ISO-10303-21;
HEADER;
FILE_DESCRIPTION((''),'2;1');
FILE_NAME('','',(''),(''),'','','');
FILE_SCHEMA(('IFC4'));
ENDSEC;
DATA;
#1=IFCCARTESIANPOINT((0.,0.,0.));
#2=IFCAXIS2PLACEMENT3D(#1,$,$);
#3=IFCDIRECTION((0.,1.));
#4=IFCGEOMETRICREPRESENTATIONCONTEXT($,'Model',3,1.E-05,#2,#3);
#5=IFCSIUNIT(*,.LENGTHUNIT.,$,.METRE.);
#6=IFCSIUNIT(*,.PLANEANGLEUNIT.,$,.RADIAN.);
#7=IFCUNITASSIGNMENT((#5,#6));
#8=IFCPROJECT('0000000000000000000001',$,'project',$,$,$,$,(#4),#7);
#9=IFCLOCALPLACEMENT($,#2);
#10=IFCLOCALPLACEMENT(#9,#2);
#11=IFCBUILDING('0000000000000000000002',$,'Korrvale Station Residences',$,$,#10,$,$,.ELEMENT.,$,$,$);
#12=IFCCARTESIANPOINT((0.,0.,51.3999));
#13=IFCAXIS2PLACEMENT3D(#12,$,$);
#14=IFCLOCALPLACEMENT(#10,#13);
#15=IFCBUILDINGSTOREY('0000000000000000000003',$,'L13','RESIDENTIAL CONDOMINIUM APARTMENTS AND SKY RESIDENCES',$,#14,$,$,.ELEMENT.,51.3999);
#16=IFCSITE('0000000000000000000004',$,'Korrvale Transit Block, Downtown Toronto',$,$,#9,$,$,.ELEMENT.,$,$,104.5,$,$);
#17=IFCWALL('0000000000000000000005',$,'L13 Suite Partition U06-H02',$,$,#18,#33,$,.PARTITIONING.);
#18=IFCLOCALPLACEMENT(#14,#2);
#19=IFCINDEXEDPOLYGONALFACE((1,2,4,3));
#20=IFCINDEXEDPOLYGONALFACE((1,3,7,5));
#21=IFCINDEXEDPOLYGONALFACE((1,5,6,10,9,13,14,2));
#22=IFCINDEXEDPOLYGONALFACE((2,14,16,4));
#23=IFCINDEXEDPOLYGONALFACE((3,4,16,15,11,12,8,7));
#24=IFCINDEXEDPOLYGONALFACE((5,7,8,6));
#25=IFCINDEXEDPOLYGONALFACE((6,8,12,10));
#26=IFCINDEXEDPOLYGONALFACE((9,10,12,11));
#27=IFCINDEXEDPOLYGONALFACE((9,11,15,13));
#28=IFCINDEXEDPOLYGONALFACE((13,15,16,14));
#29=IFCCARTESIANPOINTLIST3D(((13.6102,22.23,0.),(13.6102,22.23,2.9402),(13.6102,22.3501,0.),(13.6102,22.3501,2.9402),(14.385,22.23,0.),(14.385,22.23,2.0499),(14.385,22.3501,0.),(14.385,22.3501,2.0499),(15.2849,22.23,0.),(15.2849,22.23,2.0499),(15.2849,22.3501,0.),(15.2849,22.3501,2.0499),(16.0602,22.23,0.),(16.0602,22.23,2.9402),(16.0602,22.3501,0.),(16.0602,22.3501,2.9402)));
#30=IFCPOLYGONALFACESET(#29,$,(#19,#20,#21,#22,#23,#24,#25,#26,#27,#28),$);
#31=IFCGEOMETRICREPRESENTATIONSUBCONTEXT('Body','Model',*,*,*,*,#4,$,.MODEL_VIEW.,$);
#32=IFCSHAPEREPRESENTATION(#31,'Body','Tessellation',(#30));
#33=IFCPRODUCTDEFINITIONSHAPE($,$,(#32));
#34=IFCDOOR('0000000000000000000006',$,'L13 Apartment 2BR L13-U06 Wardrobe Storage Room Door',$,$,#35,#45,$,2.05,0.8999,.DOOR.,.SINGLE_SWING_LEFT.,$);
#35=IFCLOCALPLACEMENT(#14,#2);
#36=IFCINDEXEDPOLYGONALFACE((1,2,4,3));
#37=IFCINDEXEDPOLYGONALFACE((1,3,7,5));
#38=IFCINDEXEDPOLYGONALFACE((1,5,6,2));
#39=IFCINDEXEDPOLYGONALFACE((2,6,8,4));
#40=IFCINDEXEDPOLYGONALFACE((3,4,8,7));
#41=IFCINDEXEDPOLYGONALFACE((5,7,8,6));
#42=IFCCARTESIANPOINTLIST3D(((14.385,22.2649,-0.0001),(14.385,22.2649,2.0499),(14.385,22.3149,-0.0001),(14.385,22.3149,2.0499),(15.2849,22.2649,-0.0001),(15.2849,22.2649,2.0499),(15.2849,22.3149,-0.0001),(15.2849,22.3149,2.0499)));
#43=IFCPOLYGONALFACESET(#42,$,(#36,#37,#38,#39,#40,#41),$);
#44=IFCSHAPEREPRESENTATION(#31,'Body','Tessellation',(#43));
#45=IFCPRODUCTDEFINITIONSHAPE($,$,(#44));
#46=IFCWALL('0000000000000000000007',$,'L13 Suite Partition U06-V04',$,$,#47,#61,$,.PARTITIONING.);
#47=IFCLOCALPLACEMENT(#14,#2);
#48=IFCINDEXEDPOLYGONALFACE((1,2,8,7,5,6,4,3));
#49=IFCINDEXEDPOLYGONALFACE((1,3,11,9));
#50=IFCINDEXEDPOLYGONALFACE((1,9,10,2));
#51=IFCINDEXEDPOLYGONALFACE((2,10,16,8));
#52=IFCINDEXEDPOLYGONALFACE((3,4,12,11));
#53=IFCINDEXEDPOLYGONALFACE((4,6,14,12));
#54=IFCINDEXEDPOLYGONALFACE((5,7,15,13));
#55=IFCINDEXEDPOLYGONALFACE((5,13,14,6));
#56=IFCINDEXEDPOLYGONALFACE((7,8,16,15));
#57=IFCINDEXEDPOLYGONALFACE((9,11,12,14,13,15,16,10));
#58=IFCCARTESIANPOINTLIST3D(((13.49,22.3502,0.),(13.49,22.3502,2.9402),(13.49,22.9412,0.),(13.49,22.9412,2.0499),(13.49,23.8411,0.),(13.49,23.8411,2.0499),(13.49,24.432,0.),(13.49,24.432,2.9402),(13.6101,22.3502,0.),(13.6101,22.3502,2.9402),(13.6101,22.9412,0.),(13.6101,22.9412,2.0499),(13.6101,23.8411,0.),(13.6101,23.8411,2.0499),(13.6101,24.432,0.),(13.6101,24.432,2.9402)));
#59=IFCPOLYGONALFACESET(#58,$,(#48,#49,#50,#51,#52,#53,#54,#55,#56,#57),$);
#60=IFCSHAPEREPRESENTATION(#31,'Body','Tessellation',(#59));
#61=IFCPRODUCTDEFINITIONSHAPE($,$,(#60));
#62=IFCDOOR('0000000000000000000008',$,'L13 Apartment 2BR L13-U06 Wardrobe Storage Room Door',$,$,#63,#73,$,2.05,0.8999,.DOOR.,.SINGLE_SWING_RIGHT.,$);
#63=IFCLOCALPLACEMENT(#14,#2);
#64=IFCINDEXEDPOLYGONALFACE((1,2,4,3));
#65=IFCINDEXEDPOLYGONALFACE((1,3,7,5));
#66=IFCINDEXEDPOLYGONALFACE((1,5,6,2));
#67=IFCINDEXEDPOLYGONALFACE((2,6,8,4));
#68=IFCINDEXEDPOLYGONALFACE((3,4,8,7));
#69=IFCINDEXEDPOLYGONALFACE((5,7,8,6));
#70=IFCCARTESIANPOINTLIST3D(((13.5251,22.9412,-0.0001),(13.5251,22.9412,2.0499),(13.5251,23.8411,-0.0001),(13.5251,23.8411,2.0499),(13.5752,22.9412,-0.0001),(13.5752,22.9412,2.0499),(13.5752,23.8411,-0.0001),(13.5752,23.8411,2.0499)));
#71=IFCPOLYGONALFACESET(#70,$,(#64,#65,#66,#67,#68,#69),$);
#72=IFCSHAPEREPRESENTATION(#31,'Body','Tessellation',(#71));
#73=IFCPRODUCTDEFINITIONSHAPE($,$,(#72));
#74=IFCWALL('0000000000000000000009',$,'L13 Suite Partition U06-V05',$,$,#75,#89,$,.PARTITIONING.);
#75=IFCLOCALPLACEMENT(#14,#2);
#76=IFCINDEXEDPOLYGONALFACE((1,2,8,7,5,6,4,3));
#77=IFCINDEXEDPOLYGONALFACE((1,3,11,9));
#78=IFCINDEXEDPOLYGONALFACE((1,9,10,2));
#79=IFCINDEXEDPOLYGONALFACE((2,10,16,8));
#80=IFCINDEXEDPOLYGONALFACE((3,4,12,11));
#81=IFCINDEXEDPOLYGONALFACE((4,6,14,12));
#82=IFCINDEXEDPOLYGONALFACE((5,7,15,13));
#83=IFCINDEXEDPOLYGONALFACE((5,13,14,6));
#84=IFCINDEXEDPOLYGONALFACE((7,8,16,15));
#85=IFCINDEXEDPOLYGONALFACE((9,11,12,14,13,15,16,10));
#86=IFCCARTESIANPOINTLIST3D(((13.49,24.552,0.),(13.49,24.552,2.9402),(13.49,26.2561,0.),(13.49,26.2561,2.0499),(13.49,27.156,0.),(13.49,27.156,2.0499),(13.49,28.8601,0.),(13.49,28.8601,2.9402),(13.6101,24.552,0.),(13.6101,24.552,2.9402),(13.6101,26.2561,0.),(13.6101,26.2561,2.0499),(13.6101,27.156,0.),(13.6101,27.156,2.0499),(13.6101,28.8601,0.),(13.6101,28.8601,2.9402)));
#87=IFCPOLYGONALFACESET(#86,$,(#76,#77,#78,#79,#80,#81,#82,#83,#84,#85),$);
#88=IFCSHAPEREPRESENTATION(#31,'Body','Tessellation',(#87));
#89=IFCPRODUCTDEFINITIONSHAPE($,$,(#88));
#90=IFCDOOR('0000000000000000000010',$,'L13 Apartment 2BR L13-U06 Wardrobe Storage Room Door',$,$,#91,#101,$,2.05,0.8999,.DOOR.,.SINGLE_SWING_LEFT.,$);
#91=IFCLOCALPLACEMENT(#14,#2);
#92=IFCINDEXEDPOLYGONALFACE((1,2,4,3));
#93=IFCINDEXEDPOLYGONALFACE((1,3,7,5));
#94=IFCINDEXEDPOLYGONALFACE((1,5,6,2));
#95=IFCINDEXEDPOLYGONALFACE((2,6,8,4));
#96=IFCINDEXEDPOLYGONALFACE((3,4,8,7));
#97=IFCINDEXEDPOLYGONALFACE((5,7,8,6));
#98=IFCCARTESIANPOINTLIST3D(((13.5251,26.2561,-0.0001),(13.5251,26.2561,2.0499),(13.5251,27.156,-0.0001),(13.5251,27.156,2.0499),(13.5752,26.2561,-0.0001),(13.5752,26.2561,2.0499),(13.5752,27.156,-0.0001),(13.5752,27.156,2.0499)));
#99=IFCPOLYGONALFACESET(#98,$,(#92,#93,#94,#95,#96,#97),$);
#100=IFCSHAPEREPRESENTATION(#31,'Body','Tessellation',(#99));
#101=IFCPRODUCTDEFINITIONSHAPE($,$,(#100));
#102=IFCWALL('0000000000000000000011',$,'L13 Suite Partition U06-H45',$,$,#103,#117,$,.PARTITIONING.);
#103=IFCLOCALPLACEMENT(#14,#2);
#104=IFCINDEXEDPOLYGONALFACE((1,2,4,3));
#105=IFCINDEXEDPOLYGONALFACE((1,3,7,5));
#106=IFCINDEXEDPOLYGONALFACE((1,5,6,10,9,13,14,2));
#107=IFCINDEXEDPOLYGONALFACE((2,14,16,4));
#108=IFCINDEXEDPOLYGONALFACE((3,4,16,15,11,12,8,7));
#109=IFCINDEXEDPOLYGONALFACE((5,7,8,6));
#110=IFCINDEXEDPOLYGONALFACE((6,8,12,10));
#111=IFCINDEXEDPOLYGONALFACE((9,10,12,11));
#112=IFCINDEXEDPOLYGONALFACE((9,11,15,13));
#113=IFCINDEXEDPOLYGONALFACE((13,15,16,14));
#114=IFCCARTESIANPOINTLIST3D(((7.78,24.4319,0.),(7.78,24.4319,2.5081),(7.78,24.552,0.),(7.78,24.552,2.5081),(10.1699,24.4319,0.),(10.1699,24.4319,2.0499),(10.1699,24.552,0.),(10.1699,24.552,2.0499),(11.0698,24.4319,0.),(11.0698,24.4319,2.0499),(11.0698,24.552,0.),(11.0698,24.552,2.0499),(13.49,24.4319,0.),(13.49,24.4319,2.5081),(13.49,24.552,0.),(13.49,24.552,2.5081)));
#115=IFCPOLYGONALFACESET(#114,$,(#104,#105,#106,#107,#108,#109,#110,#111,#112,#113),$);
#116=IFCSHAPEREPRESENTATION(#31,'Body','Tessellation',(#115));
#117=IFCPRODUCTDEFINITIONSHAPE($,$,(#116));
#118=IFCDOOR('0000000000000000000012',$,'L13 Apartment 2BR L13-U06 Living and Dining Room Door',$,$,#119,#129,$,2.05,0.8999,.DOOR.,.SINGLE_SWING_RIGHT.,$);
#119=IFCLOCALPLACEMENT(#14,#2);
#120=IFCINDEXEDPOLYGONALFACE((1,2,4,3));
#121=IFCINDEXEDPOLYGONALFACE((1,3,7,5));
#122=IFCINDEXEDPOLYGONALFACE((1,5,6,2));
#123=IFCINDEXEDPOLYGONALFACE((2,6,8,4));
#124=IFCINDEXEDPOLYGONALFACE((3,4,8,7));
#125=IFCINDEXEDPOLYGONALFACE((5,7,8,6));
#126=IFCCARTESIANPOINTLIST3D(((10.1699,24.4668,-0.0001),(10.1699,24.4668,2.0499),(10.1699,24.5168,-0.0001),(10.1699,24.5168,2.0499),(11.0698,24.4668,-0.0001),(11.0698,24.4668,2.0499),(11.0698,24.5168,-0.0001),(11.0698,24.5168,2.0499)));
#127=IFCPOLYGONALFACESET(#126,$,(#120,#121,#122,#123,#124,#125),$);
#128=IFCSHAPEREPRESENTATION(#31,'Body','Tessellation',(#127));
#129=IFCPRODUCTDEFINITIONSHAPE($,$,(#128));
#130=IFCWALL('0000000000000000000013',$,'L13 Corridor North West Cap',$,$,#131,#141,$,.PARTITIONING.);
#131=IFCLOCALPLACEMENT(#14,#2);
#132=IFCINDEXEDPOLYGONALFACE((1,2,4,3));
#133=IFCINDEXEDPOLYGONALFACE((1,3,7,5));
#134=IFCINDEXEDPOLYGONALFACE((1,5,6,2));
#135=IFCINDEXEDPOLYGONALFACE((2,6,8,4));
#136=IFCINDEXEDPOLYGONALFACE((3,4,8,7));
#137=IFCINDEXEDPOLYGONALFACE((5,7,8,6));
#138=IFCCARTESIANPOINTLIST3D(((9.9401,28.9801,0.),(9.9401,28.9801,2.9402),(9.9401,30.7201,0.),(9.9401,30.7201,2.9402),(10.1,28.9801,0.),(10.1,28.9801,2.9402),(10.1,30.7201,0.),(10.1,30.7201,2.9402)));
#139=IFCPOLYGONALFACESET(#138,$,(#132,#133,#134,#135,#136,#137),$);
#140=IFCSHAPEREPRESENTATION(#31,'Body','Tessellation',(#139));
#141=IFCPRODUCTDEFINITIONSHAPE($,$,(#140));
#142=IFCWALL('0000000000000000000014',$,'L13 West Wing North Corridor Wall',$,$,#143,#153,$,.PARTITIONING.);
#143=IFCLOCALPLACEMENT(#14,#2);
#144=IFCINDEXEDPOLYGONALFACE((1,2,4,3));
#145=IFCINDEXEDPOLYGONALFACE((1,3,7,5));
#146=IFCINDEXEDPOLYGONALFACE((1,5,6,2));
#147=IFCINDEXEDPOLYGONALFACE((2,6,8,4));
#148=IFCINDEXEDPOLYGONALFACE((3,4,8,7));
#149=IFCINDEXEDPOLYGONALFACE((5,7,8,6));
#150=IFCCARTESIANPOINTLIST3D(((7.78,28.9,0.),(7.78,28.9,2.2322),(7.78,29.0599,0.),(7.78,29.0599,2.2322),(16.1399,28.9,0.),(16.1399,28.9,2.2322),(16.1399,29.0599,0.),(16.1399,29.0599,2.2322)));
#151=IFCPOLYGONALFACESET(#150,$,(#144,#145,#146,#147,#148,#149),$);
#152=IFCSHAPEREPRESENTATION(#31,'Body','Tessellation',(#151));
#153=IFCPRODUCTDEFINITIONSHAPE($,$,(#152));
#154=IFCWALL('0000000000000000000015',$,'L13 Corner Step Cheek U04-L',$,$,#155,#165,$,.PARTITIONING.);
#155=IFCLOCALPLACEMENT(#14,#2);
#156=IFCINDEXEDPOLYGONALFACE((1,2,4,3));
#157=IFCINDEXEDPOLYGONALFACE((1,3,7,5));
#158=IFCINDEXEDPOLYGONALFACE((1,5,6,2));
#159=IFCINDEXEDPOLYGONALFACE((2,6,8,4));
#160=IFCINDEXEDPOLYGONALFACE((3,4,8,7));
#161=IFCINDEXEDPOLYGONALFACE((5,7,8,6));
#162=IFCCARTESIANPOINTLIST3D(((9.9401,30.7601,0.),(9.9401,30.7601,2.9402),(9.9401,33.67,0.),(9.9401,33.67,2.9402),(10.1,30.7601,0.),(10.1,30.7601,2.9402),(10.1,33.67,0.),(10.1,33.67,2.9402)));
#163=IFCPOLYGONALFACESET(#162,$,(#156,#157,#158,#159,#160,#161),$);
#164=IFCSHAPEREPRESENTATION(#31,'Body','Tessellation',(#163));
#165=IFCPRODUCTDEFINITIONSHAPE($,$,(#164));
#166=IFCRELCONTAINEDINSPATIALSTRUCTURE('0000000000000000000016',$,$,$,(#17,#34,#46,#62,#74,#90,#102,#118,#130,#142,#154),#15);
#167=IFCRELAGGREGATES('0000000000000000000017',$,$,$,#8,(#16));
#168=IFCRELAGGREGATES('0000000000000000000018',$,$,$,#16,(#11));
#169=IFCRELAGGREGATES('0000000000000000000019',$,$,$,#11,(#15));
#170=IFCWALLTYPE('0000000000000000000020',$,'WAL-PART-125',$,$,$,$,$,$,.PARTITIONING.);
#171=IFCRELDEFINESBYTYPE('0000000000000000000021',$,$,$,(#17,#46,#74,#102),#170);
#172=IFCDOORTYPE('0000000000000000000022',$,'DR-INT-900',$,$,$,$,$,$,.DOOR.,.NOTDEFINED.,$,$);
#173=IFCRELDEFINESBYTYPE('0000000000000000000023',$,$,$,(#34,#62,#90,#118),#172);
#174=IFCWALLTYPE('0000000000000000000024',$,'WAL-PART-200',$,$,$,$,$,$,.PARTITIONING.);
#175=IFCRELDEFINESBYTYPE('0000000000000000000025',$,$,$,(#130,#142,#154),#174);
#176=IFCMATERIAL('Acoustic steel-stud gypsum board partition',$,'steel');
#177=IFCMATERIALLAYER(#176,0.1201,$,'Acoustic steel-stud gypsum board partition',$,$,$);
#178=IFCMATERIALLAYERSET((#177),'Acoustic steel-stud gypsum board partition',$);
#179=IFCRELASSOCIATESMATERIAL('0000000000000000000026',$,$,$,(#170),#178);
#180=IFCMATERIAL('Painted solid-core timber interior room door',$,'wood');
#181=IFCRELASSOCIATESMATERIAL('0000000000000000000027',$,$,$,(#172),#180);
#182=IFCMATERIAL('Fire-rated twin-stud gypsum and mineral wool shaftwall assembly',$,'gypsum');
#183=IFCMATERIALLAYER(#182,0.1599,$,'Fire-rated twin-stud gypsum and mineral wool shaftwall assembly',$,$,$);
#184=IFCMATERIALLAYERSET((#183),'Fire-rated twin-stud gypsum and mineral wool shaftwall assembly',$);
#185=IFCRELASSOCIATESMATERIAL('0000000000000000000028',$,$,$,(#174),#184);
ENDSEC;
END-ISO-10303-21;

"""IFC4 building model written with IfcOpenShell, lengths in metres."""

from ifc_helpers import new_model, si_unit, direction, frame, frame_2d, origin, place, context, subcontext, project, spatial, rectangle, extrude, material, layer, layer_set, type_object, element, fill, save


model = new_model("IFC4")

# Units and contexts
model_context = context("Model", 3, precision=1e-05, world=origin(), true_north=direction((0.0, 1.0)))
body_context = subcontext(model_context, "Body", "Model", "MODEL_VIEW")
ifc_project = project(units=[si_unit("LENGTHUNIT", "METRE"), si_unit("PLANEANGLEUNIT", "RADIAN")], contexts=[model_context])

# Site, building, storey
site_placement = place(None, origin())
site = spatial("IfcSite", under=ifc_project, at=site_placement, Name="Korrvale Transit Block, Downtown Toronto", CompositionType="ELEMENT", RefElevation=104.5)
building_placement = place(site_placement, origin())
building = spatial("IfcBuilding", under=site, at=building_placement, Name="Korrvale Station Residences", CompositionType="ELEMENT")
storey_placement = place(building_placement, frame((0.0, 0.0, 51.3999)))
storey = spatial("IfcBuildingStorey", under=building, at=storey_placement, Name="L13", Description="RESIDENTIAL CONDOMINIUM APARTMENTS AND SKY RESIDENCES", CompositionType="ELEMENT", Elevation=51.3999)

# Walls, openings, doors
ifc_material_1 = material(Name="Acoustic steel-stud gypsum board partition", Category="steel")
ifc_layer_1 = layer(ifc_material_1, 0.1201, Name="Acoustic steel-stud gypsum board partition")
ifc_layer_set_1 = layer_set([ifc_layer_1], Name="Acoustic steel-stud gypsum board partition")
wall_type_1 = type_object("IfcWallType", Name="WAL-PART-125", PredefinedType="PARTITIONING", material=ifc_layer_set_1)
ifc_material_2 = material(Name="Painted solid-core timber interior room door", Category="wood")
door_type_1 = type_object("IfcDoorType", Name="DR-INT-900", OperationType="NOTDEFINED", PredefinedType="DOOR", material=ifc_material_2)
wall_1_placement = place(storey_placement, frame((13.6101, 22.29, 0.0), z_axis=(0.0, 0.0, 1.0), x_axis=(1.0, 0.0, 0.0)))
wall_1 = element("IfcWall", 1, at=wall_1_placement, inside=storey, type_object=wall_type_1, Name="L13 Suite Partition U06-H02", PredefinedType="PARTITIONING", context=body_context, shape_type="SweptSolid", body=[
    extrude(rectangle(XDim=2.45, YDim=0.1201, at=frame_2d((1.2251, 0.0))), origin(), (0.0, 0.0, 1.0), 2.9402),
])
opening_1_placement = place(wall_1_placement, frame((0.7749, 0.0, 0.0)))
opening_1 = element("IfcOpeningElement", 2, at=opening_1_placement, cuts=wall_1, PredefinedType="OPENING", context=body_context, shape_type="SweptSolid", body=[
    extrude(rectangle(XDim=0.8999, YDim=2.05, at=frame_2d((0.45, 1.0249))), frame((0.0, 0.0701, 0.0), z_axis=(0.0, -1.0, 0.0), x_axis=(1.0, 0.0, 0.0)), (0.0, 0.0, 1.0), 0.1401),
])
door_1_placement = place(opening_1_placement, origin())
door_1 = element("IfcDoor", 3, at=door_1_placement, inside=storey, type_object=door_type_1, Name="L13 Apartment 2BR L13-U06 Wardrobe Storage Room Door", OperationType="SINGLE_SWING_LEFT", OverallHeight=2.05, OverallWidth=0.8999, PredefinedType="DOOR", context=body_context, shape_type="SweptSolid", body=[
    extrude(rectangle(XDim=0.8999, YDim=2.05, at=frame_2d((0.45, 1.0249))), frame((0.0, 0.0249, 0.0), z_axis=(0.0, -1.0, 0.0), x_axis=(1.0, 0.0, 0.0)), (0.0, 0.0, 1.0), 0.05),
])
fill(opening_1, door_1)
wall_2_placement = place(storey_placement, frame((13.55, 22.3501, 0.0), z_axis=(0.0, 0.0, 1.0), x_axis=(0.0, 1.0, 0.0)))
wall_2 = element("IfcWall", 4, at=wall_2_placement, inside=storey, type_object=wall_type_1, Name="L13 Suite Partition U06-V04", PredefinedType="PARTITIONING", context=body_context, shape_type="SweptSolid", body=[
    extrude(rectangle(XDim=2.0818, YDim=0.1201, at=frame_2d((1.041, 0.0))), origin(), (0.0, 0.0, 1.0), 2.9402),
])
opening_2_placement = place(wall_2_placement, frame((0.5911, 0.0, 0.0)))
opening_2 = element("IfcOpeningElement", 5, at=opening_2_placement, cuts=wall_2, PredefinedType="OPENING", context=body_context, shape_type="SweptSolid", body=[
    extrude(rectangle(XDim=0.8999, YDim=2.05, at=frame_2d((0.45, 1.0249))), frame((0.0, 0.0701, 0.0), z_axis=(0.0, -1.0, 0.0), x_axis=(1.0, 0.0, 0.0)), (0.0, 0.0, 1.0), 0.1401),
])
door_2_placement = place(opening_2_placement, origin())
door_2 = element("IfcDoor", 6, at=door_2_placement, inside=storey, type_object=door_type_1, Name="L13 Apartment 2BR L13-U06 Wardrobe Storage Room Door", OperationType="SINGLE_SWING_RIGHT", OverallHeight=2.05, OverallWidth=0.8999, PredefinedType="DOOR", context=body_context, shape_type="SweptSolid", body=[
    extrude(rectangle(XDim=0.8999, YDim=2.05, at=frame_2d((0.45, 1.0249))), frame((0.0, 0.0249, 0.0), z_axis=(0.0, -1.0, 0.0), x_axis=(1.0, 0.0, 0.0)), (0.0, 0.0, 1.0), 0.05),
])
fill(opening_2, door_2)
wall_3_placement = place(storey_placement, frame((13.55, 24.552, 0.0), z_axis=(0.0, 0.0, 1.0), x_axis=(0.0, 1.0, 0.0)))
wall_3 = element("IfcWall", 7, at=wall_3_placement, inside=storey, type_object=wall_type_1, Name="L13 Suite Partition U06-V05", PredefinedType="PARTITIONING", context=body_context, shape_type="SweptSolid", body=[
    extrude(rectangle(XDim=4.3081, YDim=0.1201, at=frame_2d((2.1541, 0.0))), origin(), (0.0, 0.0, 1.0), 2.9402),
])
opening_3_placement = place(wall_3_placement, frame((1.7041, 0.0, 0.0)))
opening_3 = element("IfcOpeningElement", 8, at=opening_3_placement, cuts=wall_3, PredefinedType="OPENING", context=body_context, shape_type="SweptSolid", body=[
    extrude(rectangle(XDim=0.8999, YDim=2.05, at=frame_2d((0.45, 1.0249))), frame((0.0, 0.0701, 0.0), z_axis=(0.0, -1.0, 0.0), x_axis=(1.0, 0.0, 0.0)), (0.0, 0.0, 1.0), 0.1401),
])
door_3_placement = place(opening_3_placement, origin())
door_3 = element("IfcDoor", 9, at=door_3_placement, inside=storey, type_object=door_type_1, Name="L13 Apartment 2BR L13-U06 Wardrobe Storage Room Door", OperationType="SINGLE_SWING_LEFT", OverallHeight=2.05, OverallWidth=0.8999, PredefinedType="DOOR", context=body_context, shape_type="SweptSolid", body=[
    extrude(rectangle(XDim=0.8999, YDim=2.05, at=frame_2d((0.45, 1.0249))), frame((0.0, 0.0249, 0.0), z_axis=(0.0, -1.0, 0.0), x_axis=(1.0, 0.0, 0.0)), (0.0, 0.0, 1.0), 0.05),
])
fill(opening_3, door_3)
wall_4_placement = place(storey_placement, frame((7.78, 24.4919, 0.0), z_axis=(0.0, 0.0, 1.0), x_axis=(1.0, 0.0, 0.0)))
wall_4 = element("IfcWall", 10, at=wall_4_placement, inside=storey, type_object=wall_type_1, Name="L13 Suite Partition U06-H45", PredefinedType="PARTITIONING", context=body_context, shape_type="SweptSolid", body=[
    extrude(rectangle(XDim=5.71, YDim=0.1201, at=frame_2d((2.855, 0.0))), origin(), (0.0, 0.0, 1.0), 2.5081),
])
opening_4_placement = place(wall_4_placement, frame((2.3899, 0.0, 0.0)))
opening_4 = element("IfcOpeningElement", 11, at=opening_4_placement, cuts=wall_4, PredefinedType="OPENING", context=body_context, shape_type="SweptSolid", body=[
    extrude(rectangle(XDim=0.8999, YDim=2.05, at=frame_2d((0.45, 1.0249))), frame((0.0, 0.0701, 0.0), z_axis=(0.0, -1.0, 0.0), x_axis=(1.0, 0.0, 0.0)), (0.0, 0.0, 1.0), 0.1401),
])
door_4_placement = place(opening_4_placement, origin())
door_4 = element("IfcDoor", 12, at=door_4_placement, inside=storey, type_object=door_type_1, Name="L13 Apartment 2BR L13-U06 Living and Dining Room Door", OperationType="SINGLE_SWING_RIGHT", OverallHeight=2.05, OverallWidth=0.8999, PredefinedType="DOOR", context=body_context, shape_type="SweptSolid", body=[
    extrude(rectangle(XDim=0.8999, YDim=2.05, at=frame_2d((0.45, 1.0249))), frame((0.0, 0.0249, 0.0), z_axis=(0.0, -1.0, 0.0), x_axis=(1.0, 0.0, 0.0)), (0.0, 0.0, 1.0), 0.05),
])
fill(opening_4, door_4)

# Walls
ifc_material_3 = material(Name="Fire-rated twin-stud gypsum and mineral wool shaftwall assembly", Category="gypsum")
ifc_layer_2 = layer(ifc_material_3, 0.1599, Name="Fire-rated twin-stud gypsum and mineral wool shaftwall assembly")
ifc_layer_set_2 = layer_set([ifc_layer_2], Name="Fire-rated twin-stud gypsum and mineral wool shaftwall assembly")
wall_type_2 = type_object("IfcWallType", Name="WAL-PART-200", PredefinedType="PARTITIONING", material=ifc_layer_set_2)
wall_5_placement = place(storey_placement, frame((10.02, 28.98, 0.0), z_axis=(0.0, 0.0, 1.0), x_axis=(0.0, 1.0, 0.0)))
element("IfcWall", 13, at=wall_5_placement, inside=storey, type_object=wall_type_2, Name="L13 Corridor North West Cap", PredefinedType="PARTITIONING", context=body_context, shape_type="SweptSolid", body=[
    extrude(rectangle(XDim=1.74, YDim=0.1599, at=frame_2d((0.8701, 0.0))), origin(), (0.0, 0.0, 1.0), 2.9402),
])
wall_6_placement = place(storey_placement, frame((7.78, 28.98, 0.0), z_axis=(0.0, 0.0, 1.0), x_axis=(1.0, 0.0, 0.0)))
element("IfcWall", 14, at=wall_6_placement, inside=storey, type_object=wall_type_2, Name="L13 West Wing North Corridor Wall", PredefinedType="PARTITIONING", context=body_context, shape_type="SweptSolid", body=[
    extrude(rectangle(XDim=8.3599, YDim=0.1599, at=frame_2d((4.1799, 0.0))), origin(), (0.0, 0.0, 1.0), 2.2322),
])
wall_7_placement = place(storey_placement, frame((10.02, 30.76, 0.0), z_axis=(0.0, 0.0, 1.0), x_axis=(0.0, 1.0, 0.0)))
element("IfcWall", 15, at=wall_7_placement, inside=storey, type_object=wall_type_2, Name="L13 Corner Step Cheek U04-L", PredefinedType="PARTITIONING", context=body_context, shape_type="SweptSolid", body=[
    extrude(rectangle(XDim=2.9099, YDim=0.1599, at=frame_2d((1.4551, 0.0))), origin(), (0.0, 0.0, 1.0), 2.9402),
])

save(model, "model.ifc")
